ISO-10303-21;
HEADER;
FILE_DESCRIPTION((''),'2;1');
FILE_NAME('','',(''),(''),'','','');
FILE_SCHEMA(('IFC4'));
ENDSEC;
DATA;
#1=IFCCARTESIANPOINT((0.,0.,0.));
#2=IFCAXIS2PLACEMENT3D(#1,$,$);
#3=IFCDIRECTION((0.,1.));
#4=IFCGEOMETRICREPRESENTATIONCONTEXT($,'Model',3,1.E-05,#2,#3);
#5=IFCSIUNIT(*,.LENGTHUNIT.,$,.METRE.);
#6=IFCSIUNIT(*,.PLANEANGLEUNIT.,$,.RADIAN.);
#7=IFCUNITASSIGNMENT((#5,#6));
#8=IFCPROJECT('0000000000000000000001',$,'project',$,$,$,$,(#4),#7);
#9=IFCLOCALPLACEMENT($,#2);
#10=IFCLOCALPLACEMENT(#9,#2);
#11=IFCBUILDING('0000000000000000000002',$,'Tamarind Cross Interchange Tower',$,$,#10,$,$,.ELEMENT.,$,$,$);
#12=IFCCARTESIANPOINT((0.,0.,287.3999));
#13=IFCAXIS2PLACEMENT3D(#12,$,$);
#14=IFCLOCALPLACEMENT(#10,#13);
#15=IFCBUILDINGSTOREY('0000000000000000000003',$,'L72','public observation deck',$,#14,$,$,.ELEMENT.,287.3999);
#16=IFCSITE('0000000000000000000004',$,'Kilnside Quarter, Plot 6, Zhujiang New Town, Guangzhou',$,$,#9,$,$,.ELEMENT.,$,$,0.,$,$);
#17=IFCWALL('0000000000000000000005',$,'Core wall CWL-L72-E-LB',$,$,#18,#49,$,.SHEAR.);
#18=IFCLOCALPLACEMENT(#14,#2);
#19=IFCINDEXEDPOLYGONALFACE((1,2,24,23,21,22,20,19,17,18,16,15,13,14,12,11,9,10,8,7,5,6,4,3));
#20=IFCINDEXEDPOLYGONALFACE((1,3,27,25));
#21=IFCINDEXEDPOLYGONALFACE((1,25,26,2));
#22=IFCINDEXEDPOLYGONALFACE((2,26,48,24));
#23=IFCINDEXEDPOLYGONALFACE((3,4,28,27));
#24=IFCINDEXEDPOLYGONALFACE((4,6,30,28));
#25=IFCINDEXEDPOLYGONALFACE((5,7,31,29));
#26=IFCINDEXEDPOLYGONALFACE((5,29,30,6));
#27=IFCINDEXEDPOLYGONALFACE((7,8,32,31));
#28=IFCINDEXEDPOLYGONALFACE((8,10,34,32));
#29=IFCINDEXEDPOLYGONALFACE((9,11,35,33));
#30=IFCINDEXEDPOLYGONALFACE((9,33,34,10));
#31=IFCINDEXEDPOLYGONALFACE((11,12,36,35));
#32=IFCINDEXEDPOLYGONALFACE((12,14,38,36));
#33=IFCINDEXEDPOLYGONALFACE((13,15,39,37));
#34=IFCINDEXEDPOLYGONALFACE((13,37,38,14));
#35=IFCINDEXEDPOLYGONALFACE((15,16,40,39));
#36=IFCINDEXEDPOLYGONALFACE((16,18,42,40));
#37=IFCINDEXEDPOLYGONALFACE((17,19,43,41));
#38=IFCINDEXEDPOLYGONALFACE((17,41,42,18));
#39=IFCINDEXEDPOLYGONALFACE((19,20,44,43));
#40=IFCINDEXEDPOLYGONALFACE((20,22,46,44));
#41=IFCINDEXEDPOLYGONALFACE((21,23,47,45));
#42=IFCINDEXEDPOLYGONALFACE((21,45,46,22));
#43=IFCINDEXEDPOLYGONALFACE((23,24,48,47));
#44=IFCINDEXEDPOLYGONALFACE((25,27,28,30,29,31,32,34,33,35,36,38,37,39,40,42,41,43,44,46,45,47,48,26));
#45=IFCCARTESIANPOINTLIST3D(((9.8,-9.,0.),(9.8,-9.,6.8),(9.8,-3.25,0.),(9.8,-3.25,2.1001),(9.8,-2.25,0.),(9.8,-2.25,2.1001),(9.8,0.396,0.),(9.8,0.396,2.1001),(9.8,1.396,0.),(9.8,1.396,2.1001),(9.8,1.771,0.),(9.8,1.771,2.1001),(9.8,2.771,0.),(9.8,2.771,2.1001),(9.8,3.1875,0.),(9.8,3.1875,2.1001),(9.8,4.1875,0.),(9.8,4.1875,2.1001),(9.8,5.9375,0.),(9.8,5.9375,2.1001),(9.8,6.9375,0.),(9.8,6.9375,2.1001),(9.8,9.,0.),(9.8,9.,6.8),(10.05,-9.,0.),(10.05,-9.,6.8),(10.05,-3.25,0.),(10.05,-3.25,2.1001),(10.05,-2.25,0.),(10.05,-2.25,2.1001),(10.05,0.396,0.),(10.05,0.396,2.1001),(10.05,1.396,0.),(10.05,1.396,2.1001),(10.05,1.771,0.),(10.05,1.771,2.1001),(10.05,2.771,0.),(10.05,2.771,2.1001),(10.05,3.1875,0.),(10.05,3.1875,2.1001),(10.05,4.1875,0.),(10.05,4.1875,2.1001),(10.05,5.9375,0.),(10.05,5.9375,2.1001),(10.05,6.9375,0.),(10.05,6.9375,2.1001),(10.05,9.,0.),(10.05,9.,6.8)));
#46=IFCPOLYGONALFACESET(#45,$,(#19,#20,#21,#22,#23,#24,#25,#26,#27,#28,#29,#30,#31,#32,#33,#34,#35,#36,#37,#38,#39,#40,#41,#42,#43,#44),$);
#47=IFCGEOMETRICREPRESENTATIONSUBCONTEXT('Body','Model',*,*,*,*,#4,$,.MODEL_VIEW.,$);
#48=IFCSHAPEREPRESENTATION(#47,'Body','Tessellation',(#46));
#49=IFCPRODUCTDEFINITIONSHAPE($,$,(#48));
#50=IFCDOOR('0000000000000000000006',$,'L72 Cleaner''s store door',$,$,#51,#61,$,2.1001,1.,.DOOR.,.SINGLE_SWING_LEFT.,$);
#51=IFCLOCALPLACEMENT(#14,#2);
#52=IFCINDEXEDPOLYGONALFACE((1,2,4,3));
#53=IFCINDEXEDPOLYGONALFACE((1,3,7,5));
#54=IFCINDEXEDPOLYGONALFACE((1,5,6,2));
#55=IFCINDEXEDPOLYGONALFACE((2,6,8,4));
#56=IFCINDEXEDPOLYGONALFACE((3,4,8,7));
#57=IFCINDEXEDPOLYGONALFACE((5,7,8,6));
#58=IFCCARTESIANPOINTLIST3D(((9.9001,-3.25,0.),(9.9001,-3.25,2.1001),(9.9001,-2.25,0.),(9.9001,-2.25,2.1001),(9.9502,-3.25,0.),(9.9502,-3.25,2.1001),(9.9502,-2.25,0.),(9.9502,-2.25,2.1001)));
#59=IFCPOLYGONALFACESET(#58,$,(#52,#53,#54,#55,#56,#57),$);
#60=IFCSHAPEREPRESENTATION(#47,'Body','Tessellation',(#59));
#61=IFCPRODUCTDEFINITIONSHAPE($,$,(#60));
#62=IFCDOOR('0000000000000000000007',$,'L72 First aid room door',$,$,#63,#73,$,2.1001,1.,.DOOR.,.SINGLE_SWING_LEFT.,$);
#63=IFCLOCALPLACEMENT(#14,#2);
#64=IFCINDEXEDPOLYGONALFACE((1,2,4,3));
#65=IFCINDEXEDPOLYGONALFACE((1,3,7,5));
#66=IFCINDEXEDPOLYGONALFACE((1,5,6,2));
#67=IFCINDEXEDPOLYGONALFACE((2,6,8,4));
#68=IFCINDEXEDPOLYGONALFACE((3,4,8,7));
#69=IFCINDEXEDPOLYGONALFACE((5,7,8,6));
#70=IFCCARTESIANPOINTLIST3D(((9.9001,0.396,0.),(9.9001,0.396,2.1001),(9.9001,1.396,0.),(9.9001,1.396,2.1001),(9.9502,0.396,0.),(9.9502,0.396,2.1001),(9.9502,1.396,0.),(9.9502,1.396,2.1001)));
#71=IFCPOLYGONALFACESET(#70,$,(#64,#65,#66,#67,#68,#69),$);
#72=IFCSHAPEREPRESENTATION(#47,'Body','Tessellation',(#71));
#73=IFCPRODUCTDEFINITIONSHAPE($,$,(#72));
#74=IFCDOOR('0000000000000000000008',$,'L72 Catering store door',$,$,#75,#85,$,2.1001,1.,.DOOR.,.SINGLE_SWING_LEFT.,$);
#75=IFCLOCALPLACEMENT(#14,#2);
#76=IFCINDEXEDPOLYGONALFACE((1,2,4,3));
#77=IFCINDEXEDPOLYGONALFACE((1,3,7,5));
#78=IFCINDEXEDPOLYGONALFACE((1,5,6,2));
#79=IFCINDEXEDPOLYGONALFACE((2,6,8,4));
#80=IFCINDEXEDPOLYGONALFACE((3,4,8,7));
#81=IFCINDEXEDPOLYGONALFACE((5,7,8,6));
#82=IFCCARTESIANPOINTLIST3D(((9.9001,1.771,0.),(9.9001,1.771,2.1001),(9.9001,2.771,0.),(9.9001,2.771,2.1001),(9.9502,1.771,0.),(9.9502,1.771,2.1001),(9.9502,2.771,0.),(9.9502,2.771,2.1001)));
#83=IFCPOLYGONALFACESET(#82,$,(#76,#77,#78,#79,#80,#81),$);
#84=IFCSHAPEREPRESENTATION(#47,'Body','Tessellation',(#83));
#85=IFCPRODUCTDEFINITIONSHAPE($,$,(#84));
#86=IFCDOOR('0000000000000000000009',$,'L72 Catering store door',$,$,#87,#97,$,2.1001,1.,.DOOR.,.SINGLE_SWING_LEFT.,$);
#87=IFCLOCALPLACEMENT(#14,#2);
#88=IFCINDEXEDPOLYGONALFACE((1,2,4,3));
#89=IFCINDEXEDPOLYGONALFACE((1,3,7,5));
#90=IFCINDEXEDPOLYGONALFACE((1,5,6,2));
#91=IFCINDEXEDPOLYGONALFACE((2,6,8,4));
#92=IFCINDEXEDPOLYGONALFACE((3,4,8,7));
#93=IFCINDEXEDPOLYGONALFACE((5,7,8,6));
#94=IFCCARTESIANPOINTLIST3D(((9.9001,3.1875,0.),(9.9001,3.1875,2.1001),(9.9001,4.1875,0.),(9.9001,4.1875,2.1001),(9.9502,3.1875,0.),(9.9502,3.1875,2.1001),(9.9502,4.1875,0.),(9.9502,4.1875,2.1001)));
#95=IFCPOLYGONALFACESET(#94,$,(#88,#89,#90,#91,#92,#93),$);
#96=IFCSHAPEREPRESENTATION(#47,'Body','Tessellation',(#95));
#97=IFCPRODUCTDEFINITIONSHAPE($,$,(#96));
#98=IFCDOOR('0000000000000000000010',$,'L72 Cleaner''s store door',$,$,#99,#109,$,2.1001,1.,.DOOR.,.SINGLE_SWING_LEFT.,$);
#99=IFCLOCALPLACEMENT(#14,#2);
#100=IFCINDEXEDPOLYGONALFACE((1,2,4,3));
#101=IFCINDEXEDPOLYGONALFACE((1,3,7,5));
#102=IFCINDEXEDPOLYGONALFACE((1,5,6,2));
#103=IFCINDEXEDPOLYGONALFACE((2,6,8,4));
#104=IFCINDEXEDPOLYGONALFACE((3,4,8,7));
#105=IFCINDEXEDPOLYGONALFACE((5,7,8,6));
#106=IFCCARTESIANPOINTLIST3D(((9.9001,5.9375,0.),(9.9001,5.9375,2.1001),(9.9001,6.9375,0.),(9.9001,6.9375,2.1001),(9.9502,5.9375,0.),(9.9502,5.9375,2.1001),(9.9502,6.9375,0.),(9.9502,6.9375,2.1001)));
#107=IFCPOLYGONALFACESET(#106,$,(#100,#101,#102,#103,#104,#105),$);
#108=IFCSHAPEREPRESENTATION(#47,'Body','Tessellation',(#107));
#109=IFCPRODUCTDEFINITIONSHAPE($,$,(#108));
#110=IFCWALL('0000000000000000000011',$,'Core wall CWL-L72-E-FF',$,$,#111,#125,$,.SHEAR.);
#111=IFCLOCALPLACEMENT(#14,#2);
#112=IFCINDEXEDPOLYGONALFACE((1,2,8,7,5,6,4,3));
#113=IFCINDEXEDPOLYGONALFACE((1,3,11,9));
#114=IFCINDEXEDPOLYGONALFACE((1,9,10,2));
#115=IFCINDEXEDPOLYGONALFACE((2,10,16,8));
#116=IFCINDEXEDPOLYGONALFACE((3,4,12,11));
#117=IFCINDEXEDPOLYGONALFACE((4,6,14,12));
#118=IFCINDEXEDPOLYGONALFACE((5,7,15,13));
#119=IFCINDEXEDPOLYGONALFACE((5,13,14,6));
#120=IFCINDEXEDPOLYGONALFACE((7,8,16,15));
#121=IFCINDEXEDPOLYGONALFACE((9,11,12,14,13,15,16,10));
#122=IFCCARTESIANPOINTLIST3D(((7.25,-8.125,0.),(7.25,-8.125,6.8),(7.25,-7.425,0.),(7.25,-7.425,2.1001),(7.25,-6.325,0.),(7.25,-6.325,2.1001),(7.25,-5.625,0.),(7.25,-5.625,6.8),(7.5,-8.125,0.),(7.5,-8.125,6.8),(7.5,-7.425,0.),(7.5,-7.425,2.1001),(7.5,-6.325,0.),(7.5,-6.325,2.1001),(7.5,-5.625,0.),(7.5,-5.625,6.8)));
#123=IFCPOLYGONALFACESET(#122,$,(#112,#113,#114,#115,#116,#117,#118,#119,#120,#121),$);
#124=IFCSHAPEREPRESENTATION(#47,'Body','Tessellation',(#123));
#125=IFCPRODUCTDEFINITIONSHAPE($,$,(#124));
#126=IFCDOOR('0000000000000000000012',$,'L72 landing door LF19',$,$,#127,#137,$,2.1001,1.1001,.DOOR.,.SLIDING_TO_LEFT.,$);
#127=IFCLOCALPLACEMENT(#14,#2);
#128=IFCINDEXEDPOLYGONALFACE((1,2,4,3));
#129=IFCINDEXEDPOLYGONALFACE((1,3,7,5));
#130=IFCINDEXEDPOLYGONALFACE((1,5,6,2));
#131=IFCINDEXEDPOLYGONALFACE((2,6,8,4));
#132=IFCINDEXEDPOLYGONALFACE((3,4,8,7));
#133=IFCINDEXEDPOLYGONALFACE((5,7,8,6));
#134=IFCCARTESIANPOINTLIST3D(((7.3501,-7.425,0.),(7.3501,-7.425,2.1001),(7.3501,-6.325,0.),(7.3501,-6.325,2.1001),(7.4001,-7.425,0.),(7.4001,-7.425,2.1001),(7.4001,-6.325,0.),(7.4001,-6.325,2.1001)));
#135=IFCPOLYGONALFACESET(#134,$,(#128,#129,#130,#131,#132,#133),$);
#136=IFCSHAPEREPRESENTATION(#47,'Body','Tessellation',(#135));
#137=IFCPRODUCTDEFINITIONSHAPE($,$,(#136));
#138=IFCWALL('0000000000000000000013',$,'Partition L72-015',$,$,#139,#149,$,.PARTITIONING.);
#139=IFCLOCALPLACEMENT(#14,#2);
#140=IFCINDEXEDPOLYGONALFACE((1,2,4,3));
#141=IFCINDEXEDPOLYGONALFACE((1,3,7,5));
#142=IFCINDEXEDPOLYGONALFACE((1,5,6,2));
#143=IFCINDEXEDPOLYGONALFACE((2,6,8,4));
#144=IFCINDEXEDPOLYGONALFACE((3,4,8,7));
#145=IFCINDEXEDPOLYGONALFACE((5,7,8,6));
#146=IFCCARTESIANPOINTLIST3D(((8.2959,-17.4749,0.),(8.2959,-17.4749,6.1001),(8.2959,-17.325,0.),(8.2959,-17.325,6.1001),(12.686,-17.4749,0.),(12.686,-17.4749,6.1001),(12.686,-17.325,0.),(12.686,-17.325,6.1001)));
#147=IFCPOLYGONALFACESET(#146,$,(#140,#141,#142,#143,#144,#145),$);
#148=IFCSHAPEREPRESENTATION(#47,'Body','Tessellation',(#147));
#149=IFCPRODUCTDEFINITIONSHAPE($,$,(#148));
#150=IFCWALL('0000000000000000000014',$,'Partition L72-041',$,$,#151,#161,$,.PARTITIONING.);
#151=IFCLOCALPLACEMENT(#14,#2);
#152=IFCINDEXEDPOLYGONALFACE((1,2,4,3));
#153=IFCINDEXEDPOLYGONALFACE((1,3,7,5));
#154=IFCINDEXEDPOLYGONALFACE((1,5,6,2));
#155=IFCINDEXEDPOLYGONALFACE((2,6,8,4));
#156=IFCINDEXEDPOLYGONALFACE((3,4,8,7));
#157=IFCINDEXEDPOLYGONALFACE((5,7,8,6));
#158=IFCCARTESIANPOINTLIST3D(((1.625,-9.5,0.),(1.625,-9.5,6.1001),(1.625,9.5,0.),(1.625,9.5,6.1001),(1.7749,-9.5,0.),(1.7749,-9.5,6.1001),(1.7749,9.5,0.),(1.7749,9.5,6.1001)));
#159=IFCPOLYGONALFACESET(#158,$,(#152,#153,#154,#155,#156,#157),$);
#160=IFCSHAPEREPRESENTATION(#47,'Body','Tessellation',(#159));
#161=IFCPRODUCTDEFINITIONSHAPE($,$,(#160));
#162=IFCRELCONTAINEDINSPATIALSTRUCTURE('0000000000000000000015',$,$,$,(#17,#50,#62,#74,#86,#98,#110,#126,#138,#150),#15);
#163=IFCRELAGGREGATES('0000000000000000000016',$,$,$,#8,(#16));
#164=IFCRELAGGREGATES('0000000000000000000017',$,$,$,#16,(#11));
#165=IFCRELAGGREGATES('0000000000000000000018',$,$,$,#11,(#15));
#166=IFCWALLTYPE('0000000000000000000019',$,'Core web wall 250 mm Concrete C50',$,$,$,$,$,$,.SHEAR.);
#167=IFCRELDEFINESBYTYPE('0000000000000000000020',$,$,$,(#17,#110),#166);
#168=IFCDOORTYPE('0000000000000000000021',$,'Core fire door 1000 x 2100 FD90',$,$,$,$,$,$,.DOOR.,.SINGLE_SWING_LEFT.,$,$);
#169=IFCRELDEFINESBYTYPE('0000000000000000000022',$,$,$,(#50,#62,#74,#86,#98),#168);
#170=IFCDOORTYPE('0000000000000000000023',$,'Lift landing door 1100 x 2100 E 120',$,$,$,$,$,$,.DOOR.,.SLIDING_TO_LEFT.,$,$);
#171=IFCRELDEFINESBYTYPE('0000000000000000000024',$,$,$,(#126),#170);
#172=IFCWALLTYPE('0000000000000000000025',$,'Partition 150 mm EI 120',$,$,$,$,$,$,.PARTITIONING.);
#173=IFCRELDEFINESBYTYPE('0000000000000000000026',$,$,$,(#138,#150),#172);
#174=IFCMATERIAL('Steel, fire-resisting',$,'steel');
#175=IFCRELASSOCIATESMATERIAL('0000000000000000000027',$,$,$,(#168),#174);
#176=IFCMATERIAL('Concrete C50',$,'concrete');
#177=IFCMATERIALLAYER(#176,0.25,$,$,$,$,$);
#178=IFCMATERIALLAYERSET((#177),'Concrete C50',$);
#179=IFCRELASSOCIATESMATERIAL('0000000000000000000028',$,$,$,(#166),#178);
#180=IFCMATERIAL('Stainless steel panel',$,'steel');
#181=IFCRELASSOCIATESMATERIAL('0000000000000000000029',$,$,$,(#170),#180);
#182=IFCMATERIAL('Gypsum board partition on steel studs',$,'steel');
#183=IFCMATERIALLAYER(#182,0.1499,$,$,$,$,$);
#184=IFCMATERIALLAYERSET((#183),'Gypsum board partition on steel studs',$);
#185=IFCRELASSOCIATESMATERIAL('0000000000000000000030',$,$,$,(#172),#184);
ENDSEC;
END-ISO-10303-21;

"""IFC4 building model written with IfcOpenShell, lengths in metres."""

from ifc_helpers import new_model, si_unit, direction, frame, frame_2d, origin, place, context, subcontext, project, spatial, rectangle, extrude, material, layer, layer_set, type_object, element, fill, save


model = new_model("IFC4")

# Units and contexts
model_context = context("Model", 3, precision=1e-05, world=origin(), true_north=direction((0.0, 1.0)))
body_context = subcontext(model_context, "Body", "Model", "MODEL_VIEW")
ifc_project = project(units=[si_unit("LENGTHUNIT", "METRE"), si_unit("PLANEANGLEUNIT", "RADIAN")], contexts=[model_context])

# Site, building, storey
site_placement = place(None, origin())
site = spatial("IfcSite", under=ifc_project, at=site_placement, Name="Kilnside Quarter, Plot 6, Zhujiang New Town, Guangzhou", CompositionType="ELEMENT", RefElevation=0.0)
building_placement = place(site_placement, origin())
building = spatial("IfcBuilding", under=site, at=building_placement, Name="Tamarind Cross Interchange Tower", CompositionType="ELEMENT")
storey_placement = place(building_placement, frame((0.0, 0.0, 287.3999)))
storey = spatial("IfcBuildingStorey", under=building, at=storey_placement, Name="L72", Description="public observation deck", CompositionType="ELEMENT", Elevation=287.3999)

# Shared definitions
ifc_material_1 = material(Name="Concrete C50", Category="concrete")
ifc_material_2 = material(Name="Steel, fire-resisting", Category="steel")
door_type_1 = type_object("IfcDoorType", Name="Core fire door 1000 x 2100 FD90", OperationType="SINGLE_SWING_LEFT", PredefinedType="DOOR", material=ifc_material_2)

# Shared definitions
ifc_layer_1 = layer(ifc_material_1, 0.25)
ifc_layer_set_1 = layer_set([ifc_layer_1], Name="Concrete C50")
wall_type_1 = type_object("IfcWallType", Name="Core web wall 250 mm Concrete C50", PredefinedType="SHEAR", material=ifc_layer_set_1)

# Wall, openings, doors
wall_1_placement = place(storey_placement, frame((9.925, -9.0, 0.0), z_axis=(0.0, 0.0, 1.0), x_axis=(0.0, 1.0, 0.0)))
wall_1 = element("IfcWall", 1, at=wall_1_placement, inside=storey, type_object=wall_type_1, Name="Core wall CWL-L72-E-LB", PredefinedType="SHEAR", context=body_context, shape_type="SweptSolid", body=[
    extrude(rectangle(XDim=18.0, YDim=0.25, at=frame_2d((9.0, 0.0))), origin(), (0.0, 0.0, 1.0), 6.8),
])
opening_1_placement = place(wall_1_placement, frame((5.75, 0.0, 0.0)))
opening_1 = element("IfcOpeningElement", 2, at=opening_1_placement, cuts=wall_1, PredefinedType="OPENING", context=body_context, shape_type="SweptSolid", body=[
    extrude(rectangle(XDim=1.0, YDim=2.1001, at=frame_2d((0.5, 1.05))), frame((0.0, 0.135, 0.0), z_axis=(0.0, -1.0, 0.0), x_axis=(1.0, 0.0, 0.0)), (0.0, 0.0, 1.0), 0.27),
])
opening_2_placement = place(wall_1_placement, frame((9.396, 0.0, 0.0)))
opening_2 = element("IfcOpeningElement", 3, at=opening_2_placement, cuts=wall_1, PredefinedType="OPENING", context=body_context, shape_type="SweptSolid", body=[
    extrude(rectangle(XDim=1.0, YDim=2.1001, at=frame_2d((0.5, 1.05))), frame((0.0, 0.135, 0.0), z_axis=(0.0, -1.0, 0.0), x_axis=(1.0, 0.0, 0.0)), (0.0, 0.0, 1.0), 0.27),
])
opening_3_placement = place(wall_1_placement, frame((10.771, 0.0, 0.0)))
opening_3 = element("IfcOpeningElement", 4, at=opening_3_placement, cuts=wall_1, PredefinedType="OPENING", context=body_context, shape_type="SweptSolid", body=[
    extrude(rectangle(XDim=1.0, YDim=2.1001, at=frame_2d((0.5, 1.05))), frame((0.0, 0.135, 0.0), z_axis=(0.0, -1.0, 0.0), x_axis=(1.0, 0.0, 0.0)), (0.0, 0.0, 1.0), 0.27),
])
opening_4_placement = place(wall_1_placement, frame((12.1875, 0.0, 0.0)))
opening_4 = element("IfcOpeningElement", 5, at=opening_4_placement, cuts=wall_1, PredefinedType="OPENING", context=body_context, shape_type="SweptSolid", body=[
    extrude(rectangle(XDim=1.0, YDim=2.1001, at=frame_2d((0.5, 1.05))), frame((0.0, 0.135, 0.0), z_axis=(0.0, -1.0, 0.0), x_axis=(1.0, 0.0, 0.0)), (0.0, 0.0, 1.0), 0.27),
])
opening_5_placement = place(wall_1_placement, frame((14.9375, 0.0, 0.0)))
opening_5 = element("IfcOpeningElement", 6, at=opening_5_placement, cuts=wall_1, PredefinedType="OPENING", context=body_context, shape_type="SweptSolid", body=[
    extrude(rectangle(XDim=1.0, YDim=2.1001, at=frame_2d((0.5, 1.05))), frame((0.0, 0.135, 0.0), z_axis=(0.0, -1.0, 0.0), x_axis=(1.0, 0.0, 0.0)), (0.0, 0.0, 1.0), 0.27),
])
door_1_placement = place(opening_1_placement, origin())
door_1 = element("IfcDoor", 7, at=door_1_placement, inside=storey, type_object=door_type_1, Name="L72 Cleaner's store door", OperationType="SINGLE_SWING_LEFT", OverallHeight=2.1001, OverallWidth=1.0, PredefinedType="DOOR", context=body_context, shape_type="SweptSolid", body=[
    extrude(rectangle(XDim=1.0, YDim=2.1001, at=frame_2d((0.5, 1.05))), frame((0.0, 0.0249, 0.0), z_axis=(0.0, -1.0, 0.0), x_axis=(1.0, 0.0, 0.0)), (0.0, 0.0, 1.0), 0.05),
])
fill(opening_1, door_1)
door_2_placement = place(opening_2_placement, origin())
door_2 = element("IfcDoor", 8, at=door_2_placement, inside=storey, type_object=door_type_1, Name="L72 First aid room door", OperationType="SINGLE_SWING_LEFT", OverallHeight=2.1001, OverallWidth=1.0, PredefinedType="DOOR", context=body_context, shape_type="SweptSolid", body=[
    extrude(rectangle(XDim=1.0, YDim=2.1001, at=frame_2d((0.5, 1.05))), frame((0.0, 0.0249, 0.0), z_axis=(0.0, -1.0, 0.0), x_axis=(1.0, 0.0, 0.0)), (0.0, 0.0, 1.0), 0.05),
])
fill(opening_2, door_2)
door_3_placement = place(opening_3_placement, origin())
door_3 = element("IfcDoor", 9, at=door_3_placement, inside=storey, type_object=door_type_1, Name="L72 Catering store door", OperationType="SINGLE_SWING_LEFT", OverallHeight=2.1001, OverallWidth=1.0, PredefinedType="DOOR", context=body_context, shape_type="SweptSolid", body=[
    extrude(rectangle(XDim=1.0, YDim=2.1001, at=frame_2d((0.5, 1.05))), frame((0.0, 0.0249, 0.0), z_axis=(0.0, -1.0, 0.0), x_axis=(1.0, 0.0, 0.0)), (0.0, 0.0, 1.0), 0.05),
])
fill(opening_3, door_3)
door_4_placement = place(opening_4_placement, origin())
door_4 = element("IfcDoor", 10, at=door_4_placement, inside=storey, type_object=door_type_1, Name="L72 Catering store door", OperationType="SINGLE_SWING_LEFT", OverallHeight=2.1001, OverallWidth=1.0, PredefinedType="DOOR", context=body_context, shape_type="SweptSolid", body=[
    extrude(rectangle(XDim=1.0, YDim=2.1001, at=frame_2d((0.5, 1.05))), frame((0.0, 0.0249, 0.0), z_axis=(0.0, -1.0, 0.0), x_axis=(1.0, 0.0, 0.0)), (0.0, 0.0, 1.0), 0.05),
])
fill(opening_4, door_4)
door_5_placement = place(opening_5_placement, origin())
door_5 = element("IfcDoor", 11, at=door_5_placement, inside=storey, type_object=door_type_1, Name="L72 Cleaner's store door", OperationType="SINGLE_SWING_LEFT", OverallHeight=2.1001, OverallWidth=1.0, PredefinedType="DOOR", context=body_context, shape_type="SweptSolid", body=[
    extrude(rectangle(XDim=1.0, YDim=2.1001, at=frame_2d((0.5, 1.05))), frame((0.0, 0.0249, 0.0), z_axis=(0.0, -1.0, 0.0), x_axis=(1.0, 0.0, 0.0)), (0.0, 0.0, 1.0), 0.05),
])
fill(opening_5, door_5)

# Wall, opening, door
wall_2_placement = place(storey_placement, frame((7.375, -8.125, 0.0), z_axis=(0.0, 0.0, 1.0), x_axis=(0.0, 1.0, 0.0)))
wall_2 = element("IfcWall", 12, at=wall_2_placement, inside=storey, type_object=wall_type_1, Name="Core wall CWL-L72-E-FF", PredefinedType="SHEAR", context=body_context, shape_type="SweptSolid", body=[
    extrude(rectangle(XDim=2.5, YDim=0.25, at=frame_2d((1.25, 0.0))), origin(), (0.0, 0.0, 1.0), 6.8),
])
opening_6_placement = place(wall_2_placement, frame((0.7, 0.0, 0.0)))
opening_6 = element("IfcOpeningElement", 13, at=opening_6_placement, cuts=wall_2, PredefinedType="OPENING", context=body_context, shape_type="SweptSolid", body=[
    extrude(rectangle(XDim=1.1001, YDim=2.1001, at=frame_2d((0.55, 1.05))), frame((0.0, 0.135, 0.0), z_axis=(0.0, -1.0, 0.0), x_axis=(1.0, 0.0, 0.0)), (0.0, 0.0, 1.0), 0.27),
])
ifc_material_3 = material(Name="Stainless steel panel", Category="steel")
door_type_2 = type_object("IfcDoorType", Name="Lift landing door 1100 x 2100 E 120", OperationType="SLIDING_TO_LEFT", PredefinedType="DOOR", material=ifc_material_3)
door_6_placement = place(opening_6_placement, origin())
door_6 = element("IfcDoor", 14, at=door_6_placement, inside=storey, type_object=door_type_2, Name="L72 landing door LF19", OperationType="SLIDING_TO_LEFT", OverallHeight=2.1001, OverallWidth=1.1001, PredefinedType="DOOR", context=body_context, shape_type="SweptSolid", body=[
    extrude(rectangle(XDim=1.1001, YDim=2.1001, at=frame_2d((0.55, 1.05))), frame((0.0, 0.0249, 0.0), z_axis=(0.0, -1.0, 0.0), x_axis=(1.0, 0.0, 0.0)), (0.0, 0.0, 1.0), 0.05),
])
fill(opening_6, door_6)

# Walls
ifc_material_4 = material(Name="Gypsum board partition on steel studs", Category="steel")
ifc_layer_2 = layer(ifc_material_4, 0.1499)
ifc_layer_set_2 = layer_set([ifc_layer_2], Name="Gypsum board partition on steel studs")
wall_type_2 = type_object("IfcWallType", Name="Partition 150 mm EI 120", PredefinedType="PARTITIONING", material=ifc_layer_set_2)
wall_3_placement = place(storey_placement, frame((8.2959, -17.3999, 0.0), z_axis=(0.0, 0.0, 1.0), x_axis=(1.0, 0.0, 0.0)))
element("IfcWall", 15, at=wall_3_placement, inside=storey, type_object=wall_type_2, Name="Partition L72-015", PredefinedType="PARTITIONING", context=body_context, shape_type="SweptSolid", body=[
    extrude(rectangle(XDim=4.3901, YDim=0.1499, at=frame_2d((2.1951, 0.0))), origin(), (0.0, 0.0, 1.0), 6.1001),
])
wall_4_placement = place(storey_placement, frame((1.7, -9.5, 0.0), z_axis=(0.0, 0.0, 1.0), x_axis=(0.0, 1.0, 0.0)))
element("IfcWall", 16, at=wall_4_placement, inside=storey, type_object=wall_type_2, Name="Partition L72-041", PredefinedType="PARTITIONING", context=body_context, shape_type="SweptSolid", body=[
    extrude(rectangle(XDim=19.0, YDim=0.1499, at=frame_2d((9.5, 0.0))), origin(), (0.0, 0.0, 1.0), 6.1001),
])

save(model, "model.ifc")
